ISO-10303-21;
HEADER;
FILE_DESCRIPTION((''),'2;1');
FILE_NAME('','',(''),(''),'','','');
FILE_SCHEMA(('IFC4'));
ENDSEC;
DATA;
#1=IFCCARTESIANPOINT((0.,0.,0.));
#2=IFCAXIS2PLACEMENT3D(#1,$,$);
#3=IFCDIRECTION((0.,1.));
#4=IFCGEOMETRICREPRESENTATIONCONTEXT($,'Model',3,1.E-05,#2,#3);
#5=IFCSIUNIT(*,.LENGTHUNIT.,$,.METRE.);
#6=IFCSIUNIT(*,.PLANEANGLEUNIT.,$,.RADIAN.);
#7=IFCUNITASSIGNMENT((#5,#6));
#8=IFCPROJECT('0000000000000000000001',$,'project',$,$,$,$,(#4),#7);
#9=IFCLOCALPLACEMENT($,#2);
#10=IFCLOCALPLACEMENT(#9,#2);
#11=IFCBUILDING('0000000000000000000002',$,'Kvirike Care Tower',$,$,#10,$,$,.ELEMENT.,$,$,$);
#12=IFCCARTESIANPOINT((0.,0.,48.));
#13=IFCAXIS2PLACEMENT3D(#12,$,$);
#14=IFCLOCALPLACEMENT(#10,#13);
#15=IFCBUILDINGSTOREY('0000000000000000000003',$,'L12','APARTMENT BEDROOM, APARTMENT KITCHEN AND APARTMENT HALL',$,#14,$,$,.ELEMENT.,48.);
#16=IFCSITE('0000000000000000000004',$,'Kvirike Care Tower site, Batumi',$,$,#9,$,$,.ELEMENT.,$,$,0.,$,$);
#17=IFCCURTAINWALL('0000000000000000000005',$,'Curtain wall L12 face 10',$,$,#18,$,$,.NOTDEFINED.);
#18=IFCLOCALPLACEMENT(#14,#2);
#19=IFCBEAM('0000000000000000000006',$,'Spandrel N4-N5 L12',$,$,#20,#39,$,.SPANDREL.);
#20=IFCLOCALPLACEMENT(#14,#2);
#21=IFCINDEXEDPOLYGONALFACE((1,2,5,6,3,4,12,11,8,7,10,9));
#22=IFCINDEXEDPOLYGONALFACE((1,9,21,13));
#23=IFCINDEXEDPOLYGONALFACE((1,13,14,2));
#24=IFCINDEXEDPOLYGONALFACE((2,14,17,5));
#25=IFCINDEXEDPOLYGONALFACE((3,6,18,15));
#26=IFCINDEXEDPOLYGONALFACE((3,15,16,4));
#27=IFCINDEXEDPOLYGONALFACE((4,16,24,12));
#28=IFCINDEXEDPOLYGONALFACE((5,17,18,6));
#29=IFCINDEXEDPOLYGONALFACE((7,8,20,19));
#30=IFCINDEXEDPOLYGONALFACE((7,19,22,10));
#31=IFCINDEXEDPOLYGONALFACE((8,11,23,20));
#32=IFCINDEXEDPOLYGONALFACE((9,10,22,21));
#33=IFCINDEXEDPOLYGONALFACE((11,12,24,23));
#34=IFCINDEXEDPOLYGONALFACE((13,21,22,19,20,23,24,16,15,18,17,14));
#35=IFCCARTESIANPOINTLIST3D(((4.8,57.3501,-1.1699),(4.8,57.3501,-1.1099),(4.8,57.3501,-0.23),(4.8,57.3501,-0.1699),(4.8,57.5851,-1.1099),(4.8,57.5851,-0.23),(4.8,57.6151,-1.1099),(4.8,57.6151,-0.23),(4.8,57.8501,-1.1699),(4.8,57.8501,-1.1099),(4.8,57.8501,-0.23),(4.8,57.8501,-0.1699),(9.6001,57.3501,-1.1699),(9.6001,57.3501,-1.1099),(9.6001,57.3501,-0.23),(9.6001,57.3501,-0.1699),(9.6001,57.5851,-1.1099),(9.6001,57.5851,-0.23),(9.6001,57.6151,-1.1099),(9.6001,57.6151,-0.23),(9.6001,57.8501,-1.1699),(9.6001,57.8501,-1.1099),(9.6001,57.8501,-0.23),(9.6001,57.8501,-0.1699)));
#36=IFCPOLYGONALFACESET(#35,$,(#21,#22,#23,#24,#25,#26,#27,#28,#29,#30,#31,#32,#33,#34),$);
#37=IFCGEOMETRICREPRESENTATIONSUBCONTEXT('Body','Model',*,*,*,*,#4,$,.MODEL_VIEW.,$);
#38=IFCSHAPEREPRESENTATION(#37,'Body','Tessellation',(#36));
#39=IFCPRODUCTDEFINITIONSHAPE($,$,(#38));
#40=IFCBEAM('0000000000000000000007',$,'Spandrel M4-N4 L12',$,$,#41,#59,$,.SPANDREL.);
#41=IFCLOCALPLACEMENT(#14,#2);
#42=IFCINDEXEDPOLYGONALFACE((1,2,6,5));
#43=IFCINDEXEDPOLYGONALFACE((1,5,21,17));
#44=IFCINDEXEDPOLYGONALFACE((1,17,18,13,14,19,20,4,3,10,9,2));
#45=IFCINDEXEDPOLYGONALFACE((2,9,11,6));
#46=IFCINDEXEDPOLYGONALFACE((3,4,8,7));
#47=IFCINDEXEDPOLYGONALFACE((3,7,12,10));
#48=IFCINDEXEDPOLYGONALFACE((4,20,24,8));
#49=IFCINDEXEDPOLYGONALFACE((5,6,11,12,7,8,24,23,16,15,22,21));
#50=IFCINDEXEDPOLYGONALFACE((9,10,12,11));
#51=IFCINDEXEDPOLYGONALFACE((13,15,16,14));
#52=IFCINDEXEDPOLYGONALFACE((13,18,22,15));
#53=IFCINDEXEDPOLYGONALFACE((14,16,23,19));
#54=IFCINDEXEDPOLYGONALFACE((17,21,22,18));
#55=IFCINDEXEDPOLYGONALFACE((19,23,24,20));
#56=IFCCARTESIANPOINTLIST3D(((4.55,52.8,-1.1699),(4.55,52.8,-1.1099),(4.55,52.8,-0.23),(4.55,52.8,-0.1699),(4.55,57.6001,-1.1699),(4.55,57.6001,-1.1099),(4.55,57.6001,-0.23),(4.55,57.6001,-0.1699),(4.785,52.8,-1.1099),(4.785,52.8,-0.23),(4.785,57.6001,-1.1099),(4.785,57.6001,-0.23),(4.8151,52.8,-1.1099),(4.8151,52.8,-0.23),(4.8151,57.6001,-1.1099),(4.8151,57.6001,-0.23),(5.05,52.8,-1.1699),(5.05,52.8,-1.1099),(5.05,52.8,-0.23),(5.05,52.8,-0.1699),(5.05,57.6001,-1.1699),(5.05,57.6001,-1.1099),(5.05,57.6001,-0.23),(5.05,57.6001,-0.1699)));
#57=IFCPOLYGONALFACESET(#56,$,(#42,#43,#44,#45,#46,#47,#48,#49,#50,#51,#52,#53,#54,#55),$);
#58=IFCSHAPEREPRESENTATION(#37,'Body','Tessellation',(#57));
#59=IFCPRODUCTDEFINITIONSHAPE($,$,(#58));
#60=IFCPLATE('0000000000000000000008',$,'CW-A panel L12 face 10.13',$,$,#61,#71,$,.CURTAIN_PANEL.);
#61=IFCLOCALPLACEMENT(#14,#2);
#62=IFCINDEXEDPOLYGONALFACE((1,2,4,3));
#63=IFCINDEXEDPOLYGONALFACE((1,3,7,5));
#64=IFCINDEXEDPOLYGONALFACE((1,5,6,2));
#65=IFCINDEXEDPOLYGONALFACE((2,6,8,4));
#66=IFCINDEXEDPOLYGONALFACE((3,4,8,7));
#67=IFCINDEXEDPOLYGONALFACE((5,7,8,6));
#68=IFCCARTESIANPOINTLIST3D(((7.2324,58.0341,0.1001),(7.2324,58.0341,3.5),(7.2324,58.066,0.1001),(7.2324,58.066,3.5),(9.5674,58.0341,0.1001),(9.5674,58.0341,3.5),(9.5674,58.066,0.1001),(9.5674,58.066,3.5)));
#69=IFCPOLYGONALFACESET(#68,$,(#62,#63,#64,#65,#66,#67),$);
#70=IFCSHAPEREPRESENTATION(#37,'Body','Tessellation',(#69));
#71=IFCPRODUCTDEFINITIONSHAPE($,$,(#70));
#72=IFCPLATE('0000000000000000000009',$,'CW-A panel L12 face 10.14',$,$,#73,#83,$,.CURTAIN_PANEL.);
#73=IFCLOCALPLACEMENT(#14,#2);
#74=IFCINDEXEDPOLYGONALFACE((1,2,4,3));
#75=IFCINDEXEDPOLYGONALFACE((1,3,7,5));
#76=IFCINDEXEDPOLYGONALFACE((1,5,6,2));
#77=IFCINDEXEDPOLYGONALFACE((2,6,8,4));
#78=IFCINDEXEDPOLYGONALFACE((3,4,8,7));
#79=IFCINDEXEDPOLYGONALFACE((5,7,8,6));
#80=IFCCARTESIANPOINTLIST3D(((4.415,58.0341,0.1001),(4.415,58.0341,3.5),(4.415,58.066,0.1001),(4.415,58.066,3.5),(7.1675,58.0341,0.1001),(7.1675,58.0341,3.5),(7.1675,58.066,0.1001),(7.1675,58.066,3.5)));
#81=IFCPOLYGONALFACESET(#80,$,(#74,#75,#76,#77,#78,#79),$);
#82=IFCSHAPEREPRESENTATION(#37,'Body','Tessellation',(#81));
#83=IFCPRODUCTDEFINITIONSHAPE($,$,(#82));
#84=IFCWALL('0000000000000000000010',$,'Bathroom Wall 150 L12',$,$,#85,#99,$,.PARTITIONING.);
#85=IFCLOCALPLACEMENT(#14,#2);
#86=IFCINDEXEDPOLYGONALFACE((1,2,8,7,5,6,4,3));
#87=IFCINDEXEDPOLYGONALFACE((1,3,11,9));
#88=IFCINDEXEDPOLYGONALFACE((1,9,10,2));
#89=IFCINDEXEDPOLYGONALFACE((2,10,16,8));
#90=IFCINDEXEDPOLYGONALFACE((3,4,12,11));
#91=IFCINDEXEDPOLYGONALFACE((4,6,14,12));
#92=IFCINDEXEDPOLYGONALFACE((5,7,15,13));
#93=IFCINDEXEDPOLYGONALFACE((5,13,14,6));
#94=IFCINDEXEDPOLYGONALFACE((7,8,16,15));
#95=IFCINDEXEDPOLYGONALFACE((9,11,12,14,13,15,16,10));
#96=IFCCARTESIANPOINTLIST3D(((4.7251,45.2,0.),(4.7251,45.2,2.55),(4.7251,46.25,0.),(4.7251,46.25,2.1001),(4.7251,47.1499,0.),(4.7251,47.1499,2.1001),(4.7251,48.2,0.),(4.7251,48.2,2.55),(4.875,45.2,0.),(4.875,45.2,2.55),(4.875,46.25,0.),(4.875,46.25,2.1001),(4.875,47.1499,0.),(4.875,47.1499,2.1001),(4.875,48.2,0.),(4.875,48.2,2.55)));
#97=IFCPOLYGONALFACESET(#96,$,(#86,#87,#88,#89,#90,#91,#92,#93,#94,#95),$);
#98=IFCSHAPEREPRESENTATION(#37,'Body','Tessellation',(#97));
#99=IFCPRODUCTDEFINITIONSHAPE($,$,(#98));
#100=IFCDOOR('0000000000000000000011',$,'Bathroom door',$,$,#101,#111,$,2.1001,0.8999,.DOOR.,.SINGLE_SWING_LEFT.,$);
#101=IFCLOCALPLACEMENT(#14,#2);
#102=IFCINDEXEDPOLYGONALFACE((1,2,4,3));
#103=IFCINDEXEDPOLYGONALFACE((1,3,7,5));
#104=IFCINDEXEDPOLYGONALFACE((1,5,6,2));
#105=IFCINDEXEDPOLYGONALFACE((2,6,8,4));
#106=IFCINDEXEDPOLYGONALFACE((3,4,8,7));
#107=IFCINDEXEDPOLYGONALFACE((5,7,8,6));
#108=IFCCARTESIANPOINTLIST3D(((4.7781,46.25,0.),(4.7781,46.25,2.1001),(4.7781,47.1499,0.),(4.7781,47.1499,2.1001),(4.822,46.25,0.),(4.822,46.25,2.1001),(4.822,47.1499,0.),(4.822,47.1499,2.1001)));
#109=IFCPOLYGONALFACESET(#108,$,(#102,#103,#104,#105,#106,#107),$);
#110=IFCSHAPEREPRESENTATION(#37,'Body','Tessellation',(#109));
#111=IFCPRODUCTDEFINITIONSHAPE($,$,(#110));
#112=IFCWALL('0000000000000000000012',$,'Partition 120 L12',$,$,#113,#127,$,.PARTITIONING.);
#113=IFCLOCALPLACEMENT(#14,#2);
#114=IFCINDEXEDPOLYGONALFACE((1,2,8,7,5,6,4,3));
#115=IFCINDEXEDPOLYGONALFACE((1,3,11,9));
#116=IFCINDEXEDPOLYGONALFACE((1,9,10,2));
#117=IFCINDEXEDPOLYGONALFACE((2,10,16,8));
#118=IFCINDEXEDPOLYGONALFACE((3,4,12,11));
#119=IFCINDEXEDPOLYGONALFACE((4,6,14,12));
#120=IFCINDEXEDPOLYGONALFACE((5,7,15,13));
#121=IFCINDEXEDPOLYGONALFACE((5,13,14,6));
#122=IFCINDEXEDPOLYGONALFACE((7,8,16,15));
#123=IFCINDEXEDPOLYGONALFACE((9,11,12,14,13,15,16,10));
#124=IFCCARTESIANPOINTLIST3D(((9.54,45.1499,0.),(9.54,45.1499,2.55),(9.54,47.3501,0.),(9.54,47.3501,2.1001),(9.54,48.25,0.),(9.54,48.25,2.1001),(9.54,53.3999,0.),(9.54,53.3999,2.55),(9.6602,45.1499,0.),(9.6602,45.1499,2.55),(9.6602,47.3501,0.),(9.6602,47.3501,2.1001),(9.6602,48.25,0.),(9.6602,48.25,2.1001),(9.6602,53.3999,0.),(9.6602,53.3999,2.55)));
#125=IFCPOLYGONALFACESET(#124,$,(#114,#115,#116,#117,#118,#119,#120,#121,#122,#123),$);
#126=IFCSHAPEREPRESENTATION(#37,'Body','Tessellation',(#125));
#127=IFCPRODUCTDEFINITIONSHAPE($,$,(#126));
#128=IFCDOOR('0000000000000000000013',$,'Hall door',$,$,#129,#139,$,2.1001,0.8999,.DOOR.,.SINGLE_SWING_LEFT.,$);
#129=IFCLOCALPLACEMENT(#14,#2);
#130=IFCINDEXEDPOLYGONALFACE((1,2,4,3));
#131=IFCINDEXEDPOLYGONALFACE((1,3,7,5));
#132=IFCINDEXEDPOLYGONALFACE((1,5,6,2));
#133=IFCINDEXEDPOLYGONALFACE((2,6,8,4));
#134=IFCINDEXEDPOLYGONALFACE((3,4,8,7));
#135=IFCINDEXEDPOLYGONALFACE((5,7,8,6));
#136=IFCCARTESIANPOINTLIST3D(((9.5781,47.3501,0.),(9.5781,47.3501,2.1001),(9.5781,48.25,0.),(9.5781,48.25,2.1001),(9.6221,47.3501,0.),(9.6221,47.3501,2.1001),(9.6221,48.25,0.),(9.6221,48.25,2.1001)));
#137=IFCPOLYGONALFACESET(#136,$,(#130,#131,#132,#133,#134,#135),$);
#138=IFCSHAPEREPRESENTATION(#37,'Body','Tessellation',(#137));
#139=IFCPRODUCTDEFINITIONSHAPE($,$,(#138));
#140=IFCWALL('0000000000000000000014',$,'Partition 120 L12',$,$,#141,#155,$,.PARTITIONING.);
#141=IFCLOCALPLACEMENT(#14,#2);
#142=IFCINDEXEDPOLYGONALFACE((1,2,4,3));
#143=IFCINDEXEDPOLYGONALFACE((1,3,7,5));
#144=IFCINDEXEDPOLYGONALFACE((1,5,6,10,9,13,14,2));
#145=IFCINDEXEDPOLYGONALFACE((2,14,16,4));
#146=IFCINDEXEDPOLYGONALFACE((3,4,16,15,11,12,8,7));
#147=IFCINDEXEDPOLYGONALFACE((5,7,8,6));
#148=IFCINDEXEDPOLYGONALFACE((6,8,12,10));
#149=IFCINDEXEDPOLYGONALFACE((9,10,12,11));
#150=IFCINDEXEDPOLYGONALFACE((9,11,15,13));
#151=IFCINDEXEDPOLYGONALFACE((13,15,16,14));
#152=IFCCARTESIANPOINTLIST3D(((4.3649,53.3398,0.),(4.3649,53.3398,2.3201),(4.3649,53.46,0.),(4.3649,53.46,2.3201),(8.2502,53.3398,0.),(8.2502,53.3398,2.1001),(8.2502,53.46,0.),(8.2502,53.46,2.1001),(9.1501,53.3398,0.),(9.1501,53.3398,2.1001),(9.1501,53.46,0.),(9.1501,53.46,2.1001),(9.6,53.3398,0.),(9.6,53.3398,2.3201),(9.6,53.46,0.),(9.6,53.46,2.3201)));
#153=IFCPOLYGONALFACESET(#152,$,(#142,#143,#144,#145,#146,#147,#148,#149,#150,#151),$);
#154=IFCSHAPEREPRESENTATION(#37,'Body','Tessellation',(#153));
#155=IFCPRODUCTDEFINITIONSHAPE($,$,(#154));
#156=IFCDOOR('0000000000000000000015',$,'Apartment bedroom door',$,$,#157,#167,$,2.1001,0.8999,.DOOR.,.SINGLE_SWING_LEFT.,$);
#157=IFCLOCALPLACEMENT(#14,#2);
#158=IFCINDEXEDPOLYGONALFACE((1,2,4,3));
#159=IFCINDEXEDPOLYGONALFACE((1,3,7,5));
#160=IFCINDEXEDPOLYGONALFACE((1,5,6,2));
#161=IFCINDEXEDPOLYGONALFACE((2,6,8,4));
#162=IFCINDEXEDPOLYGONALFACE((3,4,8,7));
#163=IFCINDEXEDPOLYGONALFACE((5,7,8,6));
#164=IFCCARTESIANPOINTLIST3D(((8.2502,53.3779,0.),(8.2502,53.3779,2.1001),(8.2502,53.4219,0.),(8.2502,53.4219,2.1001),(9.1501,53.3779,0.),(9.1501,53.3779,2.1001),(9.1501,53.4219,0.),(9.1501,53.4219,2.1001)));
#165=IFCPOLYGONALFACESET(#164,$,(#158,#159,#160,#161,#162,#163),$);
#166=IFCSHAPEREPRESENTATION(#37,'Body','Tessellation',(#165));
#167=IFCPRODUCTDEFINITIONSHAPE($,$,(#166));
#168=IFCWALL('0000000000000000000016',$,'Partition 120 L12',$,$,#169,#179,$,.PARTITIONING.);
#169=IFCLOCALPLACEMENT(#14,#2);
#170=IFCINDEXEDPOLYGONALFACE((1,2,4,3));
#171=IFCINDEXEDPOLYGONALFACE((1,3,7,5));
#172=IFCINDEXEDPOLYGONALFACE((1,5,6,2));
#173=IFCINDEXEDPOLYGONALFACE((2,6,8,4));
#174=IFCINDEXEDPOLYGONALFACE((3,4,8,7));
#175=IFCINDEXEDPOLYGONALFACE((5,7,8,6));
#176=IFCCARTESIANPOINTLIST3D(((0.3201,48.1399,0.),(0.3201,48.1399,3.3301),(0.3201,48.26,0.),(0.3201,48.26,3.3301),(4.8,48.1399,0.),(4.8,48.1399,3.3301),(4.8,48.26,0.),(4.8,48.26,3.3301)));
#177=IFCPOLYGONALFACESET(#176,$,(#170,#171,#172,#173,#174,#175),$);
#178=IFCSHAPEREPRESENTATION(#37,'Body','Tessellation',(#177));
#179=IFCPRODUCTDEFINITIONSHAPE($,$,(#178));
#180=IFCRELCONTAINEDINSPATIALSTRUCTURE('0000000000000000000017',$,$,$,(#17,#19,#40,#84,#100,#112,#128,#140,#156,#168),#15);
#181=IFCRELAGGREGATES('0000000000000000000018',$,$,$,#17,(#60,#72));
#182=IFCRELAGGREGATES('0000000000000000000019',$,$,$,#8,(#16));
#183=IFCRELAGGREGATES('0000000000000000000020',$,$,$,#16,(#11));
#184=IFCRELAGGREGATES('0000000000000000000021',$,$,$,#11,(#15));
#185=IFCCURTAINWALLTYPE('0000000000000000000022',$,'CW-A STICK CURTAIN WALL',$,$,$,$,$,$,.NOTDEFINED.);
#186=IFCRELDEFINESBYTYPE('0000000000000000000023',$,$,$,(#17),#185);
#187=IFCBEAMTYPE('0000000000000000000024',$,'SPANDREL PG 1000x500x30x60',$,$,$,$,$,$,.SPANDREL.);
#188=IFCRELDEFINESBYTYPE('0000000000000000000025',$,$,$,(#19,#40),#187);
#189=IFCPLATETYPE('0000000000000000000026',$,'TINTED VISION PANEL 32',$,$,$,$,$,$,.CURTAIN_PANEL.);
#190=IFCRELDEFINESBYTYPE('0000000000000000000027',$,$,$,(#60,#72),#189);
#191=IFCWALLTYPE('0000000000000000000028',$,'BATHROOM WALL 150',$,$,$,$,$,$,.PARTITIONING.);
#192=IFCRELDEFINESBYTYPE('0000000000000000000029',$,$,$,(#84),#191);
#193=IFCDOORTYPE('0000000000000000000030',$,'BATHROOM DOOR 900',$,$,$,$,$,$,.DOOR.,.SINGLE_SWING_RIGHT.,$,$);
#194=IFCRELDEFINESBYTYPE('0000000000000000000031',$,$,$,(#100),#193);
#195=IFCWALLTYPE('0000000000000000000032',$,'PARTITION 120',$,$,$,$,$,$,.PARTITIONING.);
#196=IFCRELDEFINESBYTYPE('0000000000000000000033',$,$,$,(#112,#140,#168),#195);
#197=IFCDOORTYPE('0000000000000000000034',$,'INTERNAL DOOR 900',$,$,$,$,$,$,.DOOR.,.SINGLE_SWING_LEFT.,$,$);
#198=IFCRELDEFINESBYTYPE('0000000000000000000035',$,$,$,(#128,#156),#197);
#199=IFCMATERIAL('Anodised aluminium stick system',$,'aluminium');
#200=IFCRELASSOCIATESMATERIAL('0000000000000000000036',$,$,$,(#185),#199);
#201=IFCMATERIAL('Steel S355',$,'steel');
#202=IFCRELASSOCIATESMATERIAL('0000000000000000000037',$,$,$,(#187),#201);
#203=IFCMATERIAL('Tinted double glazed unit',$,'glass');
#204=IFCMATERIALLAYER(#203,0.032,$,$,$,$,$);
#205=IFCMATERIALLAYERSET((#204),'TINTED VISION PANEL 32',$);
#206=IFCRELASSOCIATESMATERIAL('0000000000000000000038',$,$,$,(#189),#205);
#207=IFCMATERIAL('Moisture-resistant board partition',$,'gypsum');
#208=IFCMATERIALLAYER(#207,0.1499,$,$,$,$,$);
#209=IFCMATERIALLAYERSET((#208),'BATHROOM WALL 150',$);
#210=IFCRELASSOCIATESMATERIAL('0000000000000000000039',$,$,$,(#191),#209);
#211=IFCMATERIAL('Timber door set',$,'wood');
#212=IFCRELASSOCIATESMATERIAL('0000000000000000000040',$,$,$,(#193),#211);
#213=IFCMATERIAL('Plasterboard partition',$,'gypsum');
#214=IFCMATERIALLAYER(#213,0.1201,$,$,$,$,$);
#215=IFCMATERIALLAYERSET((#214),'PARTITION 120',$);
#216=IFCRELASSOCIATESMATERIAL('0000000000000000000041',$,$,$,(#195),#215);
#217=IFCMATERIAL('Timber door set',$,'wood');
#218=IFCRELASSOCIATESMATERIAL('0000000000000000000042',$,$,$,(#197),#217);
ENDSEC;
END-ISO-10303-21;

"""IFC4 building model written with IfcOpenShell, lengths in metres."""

from ifc_helpers import new_model, si_unit, direction, frame, frame_2d, origin, origin_2d, place, context, subcontext, project, spatial, rectangle, i_section, extrude, material, layer, layer_set, material_profile, profile_set, type_object, element, fill, aggregate, save


model = new_model("IFC4")

# Units and contexts
model_context = context("Model", 3, precision=1e-05, world=origin(), true_north=direction((0.0, 1.0)))
body_context = subcontext(model_context, "Body", "Model", "MODEL_VIEW")
ifc_project = project(units=[si_unit("LENGTHUNIT", "METRE"), si_unit("PLANEANGLEUNIT", "RADIAN")], contexts=[model_context])

# Site, building, storey
site_placement = place(None, origin())
site = spatial("IfcSite", under=ifc_project, at=site_placement, Name="Kvirike Care Tower site, Batumi", CompositionType="ELEMENT", RefElevation=0.0)
building_placement = place(site_placement, origin())
building = spatial("IfcBuilding", under=site, at=building_placement, Name="Kvirike Care Tower", CompositionType="ELEMENT")
storey_placement = place(building_placement, frame((0.0, 0.0, 48.0)))
storey = spatial("IfcBuildingStorey", under=building, at=storey_placement, Name="L12", Description="APARTMENT BEDROOM, APARTMENT KITCHEN AND APARTMENT HALL", CompositionType="ELEMENT", Elevation=48.0)

# Curtain wall
ifc_material_1 = material(Name="Anodised aluminium stick system", Category="aluminium")
curtain_wall_type = type_object("IfcCurtainWallType", Name="CW-A STICK CURTAIN WALL", PredefinedType="NOTDEFINED", material=ifc_material_1)
curtain_wall_1_placement = place(storey_placement, origin())
curtain_wall_1 = element("IfcCurtainWall", 1, at=curtain_wall_1_placement, inside=storey, type_object=curtain_wall_type, Name="Curtain wall L12 face 10", PredefinedType="NOTDEFINED")

# Beams
ifc_material_2 = material(Name="Steel S355", Category="steel")
ifc_material_profile_1 = material_profile(ifc_material_2, i_section(OverallWidth=0.5, OverallDepth=1.0, WebThickness=0.03, FlangeThickness=0.0601, at=origin_2d()), Name="PG 1000x500x30x60")
ifc_profile_set_1 = profile_set([ifc_material_profile_1], Name="Steel S355")
beam_type_1 = type_object("IfcBeamType", Name="SPANDREL PG 1000x500x30x60", PredefinedType="SPANDREL", material=ifc_profile_set_1)
for number, where, z_axis, x_axis, name in (
    (2, (4.8, 57.6001, -0.6699), (1.0, 0.0, 0.0), (0.0, 1.0, 0.0), "Spandrel N4-N5 L12"),
    (3, (4.8, 52.8, -0.6699), (0.0, 1.0, 0.0), (-1.0, 0.0, 0.0), "Spandrel M4-N4 L12"),
):
    element("IfcBeam", number, at=place(storey_placement, frame(where, z_axis=z_axis, x_axis=x_axis)), inside=storey, type_object=beam_type_1, Name=name, PredefinedType="SPANDREL", context=body_context, shape_type="SweptSolid", body=[
        extrude(i_section(OverallWidth=0.5, OverallDepth=1.0, WebThickness=0.03, FlangeThickness=0.0601, at=origin_2d()), origin(), (0.0, 0.0, 1.0), 4.8),
    ])

# Plates
ifc_material_3 = material(Name="Tinted double glazed unit", Category="glass")
ifc_layer_1 = layer(ifc_material_3, 0.032)
ifc_layer_set_1 = layer_set([ifc_layer_1], Name="TINTED VISION PANEL 32")
plate_type = type_object("IfcPlateType", Name="TINTED VISION PANEL 32", PredefinedType="CURTAIN_PANEL", material=ifc_layer_set_1)
plate_1_placement = place(storey_placement, frame((8.3999, 58.05, 0.1001), z_axis=(0.0, 0.0, 1.0), x_axis=(-1.0, 0.0, 0.0)))
plate_1 = element("IfcPlate", 4, at=plate_1_placement, type_object=plate_type, Name="CW-A panel L12 face 10.13", PredefinedType="CURTAIN_PANEL", context=body_context, shape_type="SweptSolid", body=[
    extrude(rectangle(XDim=2.335, YDim=0.032, at=origin_2d()), origin(), (0.0, 0.0, 1.0), 3.3999),
])
plate_2_placement = place(storey_placement, frame((5.7913, 58.05, 0.1001), z_axis=(0.0, 0.0, 1.0), x_axis=(-1.0, 0.0, 0.0)))
plate_2 = element("IfcPlate", 5, at=plate_2_placement, type_object=plate_type, Name="CW-A panel L12 face 10.14", PredefinedType="CURTAIN_PANEL", context=body_context, shape_type="SweptSolid", body=[
    extrude(rectangle(XDim=2.7524, YDim=0.032, at=origin_2d()), origin(), (0.0, 0.0, 1.0), 3.3999),
])
aggregate(curtain_wall_1, [plate_1, plate_2])

# Walls, openings, doors
ifc_material_4 = material(Name="Moisture-resistant board partition", Category="gypsum")
ifc_layer_2 = layer(ifc_material_4, 0.1499)
ifc_layer_set_2 = layer_set([ifc_layer_2], Name="BATHROOM WALL 150")
wall_type_1 = type_object("IfcWallType", Name="BATHROOM WALL 150", PredefinedType="PARTITIONING", material=ifc_layer_set_2)
wall_1_placement = place(storey_placement, frame((4.8, 48.2, 0.0), z_axis=(0.0, 0.0, 1.0), x_axis=(0.0, -1.0, 0.0)))
wall_1 = element("IfcWall", 6, at=wall_1_placement, inside=storey, type_object=wall_type_1, Name="Bathroom Wall 150 L12", PredefinedType="PARTITIONING", context=body_context, shape_type="SweptSolid", body=[
    extrude(rectangle(XDim=3.0, YDim=0.1499, at=frame_2d((1.5, 0.0))), origin(), (0.0, 0.0, 1.0), 2.55),
])
opening_1_placement = place(wall_1_placement, frame((1.05, 0.0, 0.0)))
opening_1 = element("IfcOpeningElement", 7, at=opening_1_placement, cuts=wall_1, PredefinedType="OPENING", context=body_context, shape_type="SweptSolid", body=[
    extrude(rectangle(XDim=0.8999, YDim=2.1001, at=frame_2d((0.45, 1.05))), frame((0.0, 0.0854, 0.0), z_axis=(0.0, -1.0, 0.0), x_axis=(1.0, 0.0, 0.0)), (0.0, 0.0, 1.0), 0.1709),
])
ifc_material_5 = material(Name="Timber door set", Category="wood")
door_type_1 = type_object("IfcDoorType", Name="BATHROOM DOOR 900", OperationType="SINGLE_SWING_RIGHT", PredefinedType="DOOR", material=ifc_material_5)
door_1_placement = place(opening_1_placement, frame((0.8999, 0.0, 0.0), z_axis=(0.0, 0.0, 1.0), x_axis=(-1.0, 0.0, 0.0)))
door_1 = element("IfcDoor", 8, at=door_1_placement, inside=storey, type_object=door_type_1, Name="Bathroom door", OperationType="SINGLE_SWING_LEFT", OverallHeight=2.1001, OverallWidth=0.8999, PredefinedType="DOOR", context=body_context, shape_type="SweptSolid", body=[
    extrude(rectangle(XDim=0.8999, YDim=2.1001, at=frame_2d((0.45, 1.05))), frame((0.0, 0.022, 0.0), z_axis=(0.0, -1.0, 0.0), x_axis=(1.0, 0.0, 0.0)), (0.0, 0.0, 1.0), 0.0439),
])
fill(opening_1, door_1)
ifc_material_6 = material(Name="Plasterboard partition", Category="gypsum")
ifc_layer_3 = layer(ifc_material_6, 0.1201)
ifc_layer_set_3 = layer_set([ifc_layer_3], Name="PARTITION 120")
wall_type_2 = type_object("IfcWallType", Name="PARTITION 120", PredefinedType="PARTITIONING", material=ifc_layer_set_3)
wall_2_placement = place(storey_placement, frame((9.6001, 53.3999, 0.0), z_axis=(0.0, 0.0, 1.0), x_axis=(0.0, -1.0, 0.0)))
wall_2 = element("IfcWall", 9, at=wall_2_placement, inside=storey, type_object=wall_type_2, Name="Partition 120 L12", PredefinedType="PARTITIONING", context=body_context, shape_type="SweptSolid", body=[
    extrude(rectangle(XDim=8.25, YDim=0.1201, at=frame_2d((4.125, 0.0))), origin(), (0.0, 0.0, 1.0), 2.55),
])
opening_2_placement = place(wall_2_placement, frame((5.1499, 0.0, 0.0)))
opening_2 = element("IfcOpeningElement", 10, at=opening_2_placement, cuts=wall_2, PredefinedType="OPENING", context=body_context, shape_type="SweptSolid", body=[
    extrude(rectangle(XDim=0.8999, YDim=2.1001, at=frame_2d((0.45, 1.05))), frame((0.0, 0.0706, 0.0), z_axis=(0.0, -1.0, 0.0), x_axis=(1.0, 0.0, 0.0)), (0.0, 0.0, 1.0), 0.1411),
])
ifc_material_7 = material(Name="Timber door set", Category="wood")
door_type_2 = type_object("IfcDoorType", Name="INTERNAL DOOR 900", OperationType="SINGLE_SWING_LEFT", PredefinedType="DOOR", material=ifc_material_7)
door_2_placement = place(opening_2_placement, origin())
door_2 = element("IfcDoor", 11, at=door_2_placement, inside=storey, type_object=door_type_2, Name="Hall door", OperationType="SINGLE_SWING_LEFT", OverallHeight=2.1001, OverallWidth=0.8999, PredefinedType="DOOR", context=body_context, shape_type="SweptSolid", body=[
    extrude(rectangle(XDim=0.8999, YDim=2.1001, at=frame_2d((0.45, 1.05))), frame((0.0, 0.022, 0.0), z_axis=(0.0, -1.0, 0.0), x_axis=(1.0, 0.0, 0.0)), (0.0, 0.0, 1.0), 0.0439),
])
fill(opening_2, door_2)
wall_3_placement = place(storey_placement, frame((9.6001, 53.3999, 0.0), z_axis=(0.0, 0.0, 1.0), x_axis=(-1.0, 0.0, 0.0)))
wall_3 = element("IfcWall", 12, at=wall_3_placement, inside=storey, type_object=wall_type_2, Name="Partition 120 L12", PredefinedType="PARTITIONING", context=body_context, shape_type="SweptSolid", body=[
    extrude(rectangle(XDim=5.2351, YDim=0.1201, at=frame_2d((2.6177, 0.0))), origin(), (0.0, 0.0, 1.0), 2.3201),
])
opening_3_placement = place(wall_3_placement, frame((0.45, 0.0, 0.0)))
opening_3 = element("IfcOpeningElement", 13, at=opening_3_placement, cuts=wall_3, PredefinedType="OPENING", context=body_context, shape_type="SweptSolid", body=[
    extrude(rectangle(XDim=0.8999, YDim=2.1001, at=frame_2d((0.45, 1.05))), frame((0.0, 0.0706, 0.0), z_axis=(0.0, -1.0, 0.0), x_axis=(1.0, 0.0, 0.0)), (0.0, 0.0, 1.0), 0.1411),
])
door_3_placement = place(opening_3_placement, frame((0.8999, 0.0, 0.0), z_axis=(0.0, 0.0, 1.0), x_axis=(-1.0, 0.0, 0.0)))
door_3 = element("IfcDoor", 14, at=door_3_placement, inside=storey, type_object=door_type_2, Name="Apartment bedroom door", OperationType="SINGLE_SWING_LEFT", OverallHeight=2.1001, OverallWidth=0.8999, PredefinedType="DOOR", context=body_context, shape_type="SweptSolid", body=[
    extrude(rectangle(XDim=0.8999, YDim=2.1001, at=frame_2d((0.45, 1.05))), frame((0.0, 0.022, 0.0), z_axis=(0.0, -1.0, 0.0), x_axis=(1.0, 0.0, 0.0)), (0.0, 0.0, 1.0), 0.0439),
])
fill(opening_3, door_3)

# Wall
wall_4_placement = place(storey_placement, frame((4.8, 48.2, 0.0), z_axis=(0.0, 0.0, 1.0), x_axis=(-1.0, 0.0, 0.0)))
element("IfcWall", 15, at=wall_4_placement, inside=storey, type_object=wall_type_2, Name="Partition 120 L12", PredefinedType="PARTITIONING", context=body_context, shape_type="SweptSolid", body=[
    extrude(rectangle(XDim=4.48, YDim=0.1201, at=frame_2d((2.24, 0.0))), origin(), (0.0, 0.0, 1.0), 3.3301),
])

save(model, "model.ifc")
